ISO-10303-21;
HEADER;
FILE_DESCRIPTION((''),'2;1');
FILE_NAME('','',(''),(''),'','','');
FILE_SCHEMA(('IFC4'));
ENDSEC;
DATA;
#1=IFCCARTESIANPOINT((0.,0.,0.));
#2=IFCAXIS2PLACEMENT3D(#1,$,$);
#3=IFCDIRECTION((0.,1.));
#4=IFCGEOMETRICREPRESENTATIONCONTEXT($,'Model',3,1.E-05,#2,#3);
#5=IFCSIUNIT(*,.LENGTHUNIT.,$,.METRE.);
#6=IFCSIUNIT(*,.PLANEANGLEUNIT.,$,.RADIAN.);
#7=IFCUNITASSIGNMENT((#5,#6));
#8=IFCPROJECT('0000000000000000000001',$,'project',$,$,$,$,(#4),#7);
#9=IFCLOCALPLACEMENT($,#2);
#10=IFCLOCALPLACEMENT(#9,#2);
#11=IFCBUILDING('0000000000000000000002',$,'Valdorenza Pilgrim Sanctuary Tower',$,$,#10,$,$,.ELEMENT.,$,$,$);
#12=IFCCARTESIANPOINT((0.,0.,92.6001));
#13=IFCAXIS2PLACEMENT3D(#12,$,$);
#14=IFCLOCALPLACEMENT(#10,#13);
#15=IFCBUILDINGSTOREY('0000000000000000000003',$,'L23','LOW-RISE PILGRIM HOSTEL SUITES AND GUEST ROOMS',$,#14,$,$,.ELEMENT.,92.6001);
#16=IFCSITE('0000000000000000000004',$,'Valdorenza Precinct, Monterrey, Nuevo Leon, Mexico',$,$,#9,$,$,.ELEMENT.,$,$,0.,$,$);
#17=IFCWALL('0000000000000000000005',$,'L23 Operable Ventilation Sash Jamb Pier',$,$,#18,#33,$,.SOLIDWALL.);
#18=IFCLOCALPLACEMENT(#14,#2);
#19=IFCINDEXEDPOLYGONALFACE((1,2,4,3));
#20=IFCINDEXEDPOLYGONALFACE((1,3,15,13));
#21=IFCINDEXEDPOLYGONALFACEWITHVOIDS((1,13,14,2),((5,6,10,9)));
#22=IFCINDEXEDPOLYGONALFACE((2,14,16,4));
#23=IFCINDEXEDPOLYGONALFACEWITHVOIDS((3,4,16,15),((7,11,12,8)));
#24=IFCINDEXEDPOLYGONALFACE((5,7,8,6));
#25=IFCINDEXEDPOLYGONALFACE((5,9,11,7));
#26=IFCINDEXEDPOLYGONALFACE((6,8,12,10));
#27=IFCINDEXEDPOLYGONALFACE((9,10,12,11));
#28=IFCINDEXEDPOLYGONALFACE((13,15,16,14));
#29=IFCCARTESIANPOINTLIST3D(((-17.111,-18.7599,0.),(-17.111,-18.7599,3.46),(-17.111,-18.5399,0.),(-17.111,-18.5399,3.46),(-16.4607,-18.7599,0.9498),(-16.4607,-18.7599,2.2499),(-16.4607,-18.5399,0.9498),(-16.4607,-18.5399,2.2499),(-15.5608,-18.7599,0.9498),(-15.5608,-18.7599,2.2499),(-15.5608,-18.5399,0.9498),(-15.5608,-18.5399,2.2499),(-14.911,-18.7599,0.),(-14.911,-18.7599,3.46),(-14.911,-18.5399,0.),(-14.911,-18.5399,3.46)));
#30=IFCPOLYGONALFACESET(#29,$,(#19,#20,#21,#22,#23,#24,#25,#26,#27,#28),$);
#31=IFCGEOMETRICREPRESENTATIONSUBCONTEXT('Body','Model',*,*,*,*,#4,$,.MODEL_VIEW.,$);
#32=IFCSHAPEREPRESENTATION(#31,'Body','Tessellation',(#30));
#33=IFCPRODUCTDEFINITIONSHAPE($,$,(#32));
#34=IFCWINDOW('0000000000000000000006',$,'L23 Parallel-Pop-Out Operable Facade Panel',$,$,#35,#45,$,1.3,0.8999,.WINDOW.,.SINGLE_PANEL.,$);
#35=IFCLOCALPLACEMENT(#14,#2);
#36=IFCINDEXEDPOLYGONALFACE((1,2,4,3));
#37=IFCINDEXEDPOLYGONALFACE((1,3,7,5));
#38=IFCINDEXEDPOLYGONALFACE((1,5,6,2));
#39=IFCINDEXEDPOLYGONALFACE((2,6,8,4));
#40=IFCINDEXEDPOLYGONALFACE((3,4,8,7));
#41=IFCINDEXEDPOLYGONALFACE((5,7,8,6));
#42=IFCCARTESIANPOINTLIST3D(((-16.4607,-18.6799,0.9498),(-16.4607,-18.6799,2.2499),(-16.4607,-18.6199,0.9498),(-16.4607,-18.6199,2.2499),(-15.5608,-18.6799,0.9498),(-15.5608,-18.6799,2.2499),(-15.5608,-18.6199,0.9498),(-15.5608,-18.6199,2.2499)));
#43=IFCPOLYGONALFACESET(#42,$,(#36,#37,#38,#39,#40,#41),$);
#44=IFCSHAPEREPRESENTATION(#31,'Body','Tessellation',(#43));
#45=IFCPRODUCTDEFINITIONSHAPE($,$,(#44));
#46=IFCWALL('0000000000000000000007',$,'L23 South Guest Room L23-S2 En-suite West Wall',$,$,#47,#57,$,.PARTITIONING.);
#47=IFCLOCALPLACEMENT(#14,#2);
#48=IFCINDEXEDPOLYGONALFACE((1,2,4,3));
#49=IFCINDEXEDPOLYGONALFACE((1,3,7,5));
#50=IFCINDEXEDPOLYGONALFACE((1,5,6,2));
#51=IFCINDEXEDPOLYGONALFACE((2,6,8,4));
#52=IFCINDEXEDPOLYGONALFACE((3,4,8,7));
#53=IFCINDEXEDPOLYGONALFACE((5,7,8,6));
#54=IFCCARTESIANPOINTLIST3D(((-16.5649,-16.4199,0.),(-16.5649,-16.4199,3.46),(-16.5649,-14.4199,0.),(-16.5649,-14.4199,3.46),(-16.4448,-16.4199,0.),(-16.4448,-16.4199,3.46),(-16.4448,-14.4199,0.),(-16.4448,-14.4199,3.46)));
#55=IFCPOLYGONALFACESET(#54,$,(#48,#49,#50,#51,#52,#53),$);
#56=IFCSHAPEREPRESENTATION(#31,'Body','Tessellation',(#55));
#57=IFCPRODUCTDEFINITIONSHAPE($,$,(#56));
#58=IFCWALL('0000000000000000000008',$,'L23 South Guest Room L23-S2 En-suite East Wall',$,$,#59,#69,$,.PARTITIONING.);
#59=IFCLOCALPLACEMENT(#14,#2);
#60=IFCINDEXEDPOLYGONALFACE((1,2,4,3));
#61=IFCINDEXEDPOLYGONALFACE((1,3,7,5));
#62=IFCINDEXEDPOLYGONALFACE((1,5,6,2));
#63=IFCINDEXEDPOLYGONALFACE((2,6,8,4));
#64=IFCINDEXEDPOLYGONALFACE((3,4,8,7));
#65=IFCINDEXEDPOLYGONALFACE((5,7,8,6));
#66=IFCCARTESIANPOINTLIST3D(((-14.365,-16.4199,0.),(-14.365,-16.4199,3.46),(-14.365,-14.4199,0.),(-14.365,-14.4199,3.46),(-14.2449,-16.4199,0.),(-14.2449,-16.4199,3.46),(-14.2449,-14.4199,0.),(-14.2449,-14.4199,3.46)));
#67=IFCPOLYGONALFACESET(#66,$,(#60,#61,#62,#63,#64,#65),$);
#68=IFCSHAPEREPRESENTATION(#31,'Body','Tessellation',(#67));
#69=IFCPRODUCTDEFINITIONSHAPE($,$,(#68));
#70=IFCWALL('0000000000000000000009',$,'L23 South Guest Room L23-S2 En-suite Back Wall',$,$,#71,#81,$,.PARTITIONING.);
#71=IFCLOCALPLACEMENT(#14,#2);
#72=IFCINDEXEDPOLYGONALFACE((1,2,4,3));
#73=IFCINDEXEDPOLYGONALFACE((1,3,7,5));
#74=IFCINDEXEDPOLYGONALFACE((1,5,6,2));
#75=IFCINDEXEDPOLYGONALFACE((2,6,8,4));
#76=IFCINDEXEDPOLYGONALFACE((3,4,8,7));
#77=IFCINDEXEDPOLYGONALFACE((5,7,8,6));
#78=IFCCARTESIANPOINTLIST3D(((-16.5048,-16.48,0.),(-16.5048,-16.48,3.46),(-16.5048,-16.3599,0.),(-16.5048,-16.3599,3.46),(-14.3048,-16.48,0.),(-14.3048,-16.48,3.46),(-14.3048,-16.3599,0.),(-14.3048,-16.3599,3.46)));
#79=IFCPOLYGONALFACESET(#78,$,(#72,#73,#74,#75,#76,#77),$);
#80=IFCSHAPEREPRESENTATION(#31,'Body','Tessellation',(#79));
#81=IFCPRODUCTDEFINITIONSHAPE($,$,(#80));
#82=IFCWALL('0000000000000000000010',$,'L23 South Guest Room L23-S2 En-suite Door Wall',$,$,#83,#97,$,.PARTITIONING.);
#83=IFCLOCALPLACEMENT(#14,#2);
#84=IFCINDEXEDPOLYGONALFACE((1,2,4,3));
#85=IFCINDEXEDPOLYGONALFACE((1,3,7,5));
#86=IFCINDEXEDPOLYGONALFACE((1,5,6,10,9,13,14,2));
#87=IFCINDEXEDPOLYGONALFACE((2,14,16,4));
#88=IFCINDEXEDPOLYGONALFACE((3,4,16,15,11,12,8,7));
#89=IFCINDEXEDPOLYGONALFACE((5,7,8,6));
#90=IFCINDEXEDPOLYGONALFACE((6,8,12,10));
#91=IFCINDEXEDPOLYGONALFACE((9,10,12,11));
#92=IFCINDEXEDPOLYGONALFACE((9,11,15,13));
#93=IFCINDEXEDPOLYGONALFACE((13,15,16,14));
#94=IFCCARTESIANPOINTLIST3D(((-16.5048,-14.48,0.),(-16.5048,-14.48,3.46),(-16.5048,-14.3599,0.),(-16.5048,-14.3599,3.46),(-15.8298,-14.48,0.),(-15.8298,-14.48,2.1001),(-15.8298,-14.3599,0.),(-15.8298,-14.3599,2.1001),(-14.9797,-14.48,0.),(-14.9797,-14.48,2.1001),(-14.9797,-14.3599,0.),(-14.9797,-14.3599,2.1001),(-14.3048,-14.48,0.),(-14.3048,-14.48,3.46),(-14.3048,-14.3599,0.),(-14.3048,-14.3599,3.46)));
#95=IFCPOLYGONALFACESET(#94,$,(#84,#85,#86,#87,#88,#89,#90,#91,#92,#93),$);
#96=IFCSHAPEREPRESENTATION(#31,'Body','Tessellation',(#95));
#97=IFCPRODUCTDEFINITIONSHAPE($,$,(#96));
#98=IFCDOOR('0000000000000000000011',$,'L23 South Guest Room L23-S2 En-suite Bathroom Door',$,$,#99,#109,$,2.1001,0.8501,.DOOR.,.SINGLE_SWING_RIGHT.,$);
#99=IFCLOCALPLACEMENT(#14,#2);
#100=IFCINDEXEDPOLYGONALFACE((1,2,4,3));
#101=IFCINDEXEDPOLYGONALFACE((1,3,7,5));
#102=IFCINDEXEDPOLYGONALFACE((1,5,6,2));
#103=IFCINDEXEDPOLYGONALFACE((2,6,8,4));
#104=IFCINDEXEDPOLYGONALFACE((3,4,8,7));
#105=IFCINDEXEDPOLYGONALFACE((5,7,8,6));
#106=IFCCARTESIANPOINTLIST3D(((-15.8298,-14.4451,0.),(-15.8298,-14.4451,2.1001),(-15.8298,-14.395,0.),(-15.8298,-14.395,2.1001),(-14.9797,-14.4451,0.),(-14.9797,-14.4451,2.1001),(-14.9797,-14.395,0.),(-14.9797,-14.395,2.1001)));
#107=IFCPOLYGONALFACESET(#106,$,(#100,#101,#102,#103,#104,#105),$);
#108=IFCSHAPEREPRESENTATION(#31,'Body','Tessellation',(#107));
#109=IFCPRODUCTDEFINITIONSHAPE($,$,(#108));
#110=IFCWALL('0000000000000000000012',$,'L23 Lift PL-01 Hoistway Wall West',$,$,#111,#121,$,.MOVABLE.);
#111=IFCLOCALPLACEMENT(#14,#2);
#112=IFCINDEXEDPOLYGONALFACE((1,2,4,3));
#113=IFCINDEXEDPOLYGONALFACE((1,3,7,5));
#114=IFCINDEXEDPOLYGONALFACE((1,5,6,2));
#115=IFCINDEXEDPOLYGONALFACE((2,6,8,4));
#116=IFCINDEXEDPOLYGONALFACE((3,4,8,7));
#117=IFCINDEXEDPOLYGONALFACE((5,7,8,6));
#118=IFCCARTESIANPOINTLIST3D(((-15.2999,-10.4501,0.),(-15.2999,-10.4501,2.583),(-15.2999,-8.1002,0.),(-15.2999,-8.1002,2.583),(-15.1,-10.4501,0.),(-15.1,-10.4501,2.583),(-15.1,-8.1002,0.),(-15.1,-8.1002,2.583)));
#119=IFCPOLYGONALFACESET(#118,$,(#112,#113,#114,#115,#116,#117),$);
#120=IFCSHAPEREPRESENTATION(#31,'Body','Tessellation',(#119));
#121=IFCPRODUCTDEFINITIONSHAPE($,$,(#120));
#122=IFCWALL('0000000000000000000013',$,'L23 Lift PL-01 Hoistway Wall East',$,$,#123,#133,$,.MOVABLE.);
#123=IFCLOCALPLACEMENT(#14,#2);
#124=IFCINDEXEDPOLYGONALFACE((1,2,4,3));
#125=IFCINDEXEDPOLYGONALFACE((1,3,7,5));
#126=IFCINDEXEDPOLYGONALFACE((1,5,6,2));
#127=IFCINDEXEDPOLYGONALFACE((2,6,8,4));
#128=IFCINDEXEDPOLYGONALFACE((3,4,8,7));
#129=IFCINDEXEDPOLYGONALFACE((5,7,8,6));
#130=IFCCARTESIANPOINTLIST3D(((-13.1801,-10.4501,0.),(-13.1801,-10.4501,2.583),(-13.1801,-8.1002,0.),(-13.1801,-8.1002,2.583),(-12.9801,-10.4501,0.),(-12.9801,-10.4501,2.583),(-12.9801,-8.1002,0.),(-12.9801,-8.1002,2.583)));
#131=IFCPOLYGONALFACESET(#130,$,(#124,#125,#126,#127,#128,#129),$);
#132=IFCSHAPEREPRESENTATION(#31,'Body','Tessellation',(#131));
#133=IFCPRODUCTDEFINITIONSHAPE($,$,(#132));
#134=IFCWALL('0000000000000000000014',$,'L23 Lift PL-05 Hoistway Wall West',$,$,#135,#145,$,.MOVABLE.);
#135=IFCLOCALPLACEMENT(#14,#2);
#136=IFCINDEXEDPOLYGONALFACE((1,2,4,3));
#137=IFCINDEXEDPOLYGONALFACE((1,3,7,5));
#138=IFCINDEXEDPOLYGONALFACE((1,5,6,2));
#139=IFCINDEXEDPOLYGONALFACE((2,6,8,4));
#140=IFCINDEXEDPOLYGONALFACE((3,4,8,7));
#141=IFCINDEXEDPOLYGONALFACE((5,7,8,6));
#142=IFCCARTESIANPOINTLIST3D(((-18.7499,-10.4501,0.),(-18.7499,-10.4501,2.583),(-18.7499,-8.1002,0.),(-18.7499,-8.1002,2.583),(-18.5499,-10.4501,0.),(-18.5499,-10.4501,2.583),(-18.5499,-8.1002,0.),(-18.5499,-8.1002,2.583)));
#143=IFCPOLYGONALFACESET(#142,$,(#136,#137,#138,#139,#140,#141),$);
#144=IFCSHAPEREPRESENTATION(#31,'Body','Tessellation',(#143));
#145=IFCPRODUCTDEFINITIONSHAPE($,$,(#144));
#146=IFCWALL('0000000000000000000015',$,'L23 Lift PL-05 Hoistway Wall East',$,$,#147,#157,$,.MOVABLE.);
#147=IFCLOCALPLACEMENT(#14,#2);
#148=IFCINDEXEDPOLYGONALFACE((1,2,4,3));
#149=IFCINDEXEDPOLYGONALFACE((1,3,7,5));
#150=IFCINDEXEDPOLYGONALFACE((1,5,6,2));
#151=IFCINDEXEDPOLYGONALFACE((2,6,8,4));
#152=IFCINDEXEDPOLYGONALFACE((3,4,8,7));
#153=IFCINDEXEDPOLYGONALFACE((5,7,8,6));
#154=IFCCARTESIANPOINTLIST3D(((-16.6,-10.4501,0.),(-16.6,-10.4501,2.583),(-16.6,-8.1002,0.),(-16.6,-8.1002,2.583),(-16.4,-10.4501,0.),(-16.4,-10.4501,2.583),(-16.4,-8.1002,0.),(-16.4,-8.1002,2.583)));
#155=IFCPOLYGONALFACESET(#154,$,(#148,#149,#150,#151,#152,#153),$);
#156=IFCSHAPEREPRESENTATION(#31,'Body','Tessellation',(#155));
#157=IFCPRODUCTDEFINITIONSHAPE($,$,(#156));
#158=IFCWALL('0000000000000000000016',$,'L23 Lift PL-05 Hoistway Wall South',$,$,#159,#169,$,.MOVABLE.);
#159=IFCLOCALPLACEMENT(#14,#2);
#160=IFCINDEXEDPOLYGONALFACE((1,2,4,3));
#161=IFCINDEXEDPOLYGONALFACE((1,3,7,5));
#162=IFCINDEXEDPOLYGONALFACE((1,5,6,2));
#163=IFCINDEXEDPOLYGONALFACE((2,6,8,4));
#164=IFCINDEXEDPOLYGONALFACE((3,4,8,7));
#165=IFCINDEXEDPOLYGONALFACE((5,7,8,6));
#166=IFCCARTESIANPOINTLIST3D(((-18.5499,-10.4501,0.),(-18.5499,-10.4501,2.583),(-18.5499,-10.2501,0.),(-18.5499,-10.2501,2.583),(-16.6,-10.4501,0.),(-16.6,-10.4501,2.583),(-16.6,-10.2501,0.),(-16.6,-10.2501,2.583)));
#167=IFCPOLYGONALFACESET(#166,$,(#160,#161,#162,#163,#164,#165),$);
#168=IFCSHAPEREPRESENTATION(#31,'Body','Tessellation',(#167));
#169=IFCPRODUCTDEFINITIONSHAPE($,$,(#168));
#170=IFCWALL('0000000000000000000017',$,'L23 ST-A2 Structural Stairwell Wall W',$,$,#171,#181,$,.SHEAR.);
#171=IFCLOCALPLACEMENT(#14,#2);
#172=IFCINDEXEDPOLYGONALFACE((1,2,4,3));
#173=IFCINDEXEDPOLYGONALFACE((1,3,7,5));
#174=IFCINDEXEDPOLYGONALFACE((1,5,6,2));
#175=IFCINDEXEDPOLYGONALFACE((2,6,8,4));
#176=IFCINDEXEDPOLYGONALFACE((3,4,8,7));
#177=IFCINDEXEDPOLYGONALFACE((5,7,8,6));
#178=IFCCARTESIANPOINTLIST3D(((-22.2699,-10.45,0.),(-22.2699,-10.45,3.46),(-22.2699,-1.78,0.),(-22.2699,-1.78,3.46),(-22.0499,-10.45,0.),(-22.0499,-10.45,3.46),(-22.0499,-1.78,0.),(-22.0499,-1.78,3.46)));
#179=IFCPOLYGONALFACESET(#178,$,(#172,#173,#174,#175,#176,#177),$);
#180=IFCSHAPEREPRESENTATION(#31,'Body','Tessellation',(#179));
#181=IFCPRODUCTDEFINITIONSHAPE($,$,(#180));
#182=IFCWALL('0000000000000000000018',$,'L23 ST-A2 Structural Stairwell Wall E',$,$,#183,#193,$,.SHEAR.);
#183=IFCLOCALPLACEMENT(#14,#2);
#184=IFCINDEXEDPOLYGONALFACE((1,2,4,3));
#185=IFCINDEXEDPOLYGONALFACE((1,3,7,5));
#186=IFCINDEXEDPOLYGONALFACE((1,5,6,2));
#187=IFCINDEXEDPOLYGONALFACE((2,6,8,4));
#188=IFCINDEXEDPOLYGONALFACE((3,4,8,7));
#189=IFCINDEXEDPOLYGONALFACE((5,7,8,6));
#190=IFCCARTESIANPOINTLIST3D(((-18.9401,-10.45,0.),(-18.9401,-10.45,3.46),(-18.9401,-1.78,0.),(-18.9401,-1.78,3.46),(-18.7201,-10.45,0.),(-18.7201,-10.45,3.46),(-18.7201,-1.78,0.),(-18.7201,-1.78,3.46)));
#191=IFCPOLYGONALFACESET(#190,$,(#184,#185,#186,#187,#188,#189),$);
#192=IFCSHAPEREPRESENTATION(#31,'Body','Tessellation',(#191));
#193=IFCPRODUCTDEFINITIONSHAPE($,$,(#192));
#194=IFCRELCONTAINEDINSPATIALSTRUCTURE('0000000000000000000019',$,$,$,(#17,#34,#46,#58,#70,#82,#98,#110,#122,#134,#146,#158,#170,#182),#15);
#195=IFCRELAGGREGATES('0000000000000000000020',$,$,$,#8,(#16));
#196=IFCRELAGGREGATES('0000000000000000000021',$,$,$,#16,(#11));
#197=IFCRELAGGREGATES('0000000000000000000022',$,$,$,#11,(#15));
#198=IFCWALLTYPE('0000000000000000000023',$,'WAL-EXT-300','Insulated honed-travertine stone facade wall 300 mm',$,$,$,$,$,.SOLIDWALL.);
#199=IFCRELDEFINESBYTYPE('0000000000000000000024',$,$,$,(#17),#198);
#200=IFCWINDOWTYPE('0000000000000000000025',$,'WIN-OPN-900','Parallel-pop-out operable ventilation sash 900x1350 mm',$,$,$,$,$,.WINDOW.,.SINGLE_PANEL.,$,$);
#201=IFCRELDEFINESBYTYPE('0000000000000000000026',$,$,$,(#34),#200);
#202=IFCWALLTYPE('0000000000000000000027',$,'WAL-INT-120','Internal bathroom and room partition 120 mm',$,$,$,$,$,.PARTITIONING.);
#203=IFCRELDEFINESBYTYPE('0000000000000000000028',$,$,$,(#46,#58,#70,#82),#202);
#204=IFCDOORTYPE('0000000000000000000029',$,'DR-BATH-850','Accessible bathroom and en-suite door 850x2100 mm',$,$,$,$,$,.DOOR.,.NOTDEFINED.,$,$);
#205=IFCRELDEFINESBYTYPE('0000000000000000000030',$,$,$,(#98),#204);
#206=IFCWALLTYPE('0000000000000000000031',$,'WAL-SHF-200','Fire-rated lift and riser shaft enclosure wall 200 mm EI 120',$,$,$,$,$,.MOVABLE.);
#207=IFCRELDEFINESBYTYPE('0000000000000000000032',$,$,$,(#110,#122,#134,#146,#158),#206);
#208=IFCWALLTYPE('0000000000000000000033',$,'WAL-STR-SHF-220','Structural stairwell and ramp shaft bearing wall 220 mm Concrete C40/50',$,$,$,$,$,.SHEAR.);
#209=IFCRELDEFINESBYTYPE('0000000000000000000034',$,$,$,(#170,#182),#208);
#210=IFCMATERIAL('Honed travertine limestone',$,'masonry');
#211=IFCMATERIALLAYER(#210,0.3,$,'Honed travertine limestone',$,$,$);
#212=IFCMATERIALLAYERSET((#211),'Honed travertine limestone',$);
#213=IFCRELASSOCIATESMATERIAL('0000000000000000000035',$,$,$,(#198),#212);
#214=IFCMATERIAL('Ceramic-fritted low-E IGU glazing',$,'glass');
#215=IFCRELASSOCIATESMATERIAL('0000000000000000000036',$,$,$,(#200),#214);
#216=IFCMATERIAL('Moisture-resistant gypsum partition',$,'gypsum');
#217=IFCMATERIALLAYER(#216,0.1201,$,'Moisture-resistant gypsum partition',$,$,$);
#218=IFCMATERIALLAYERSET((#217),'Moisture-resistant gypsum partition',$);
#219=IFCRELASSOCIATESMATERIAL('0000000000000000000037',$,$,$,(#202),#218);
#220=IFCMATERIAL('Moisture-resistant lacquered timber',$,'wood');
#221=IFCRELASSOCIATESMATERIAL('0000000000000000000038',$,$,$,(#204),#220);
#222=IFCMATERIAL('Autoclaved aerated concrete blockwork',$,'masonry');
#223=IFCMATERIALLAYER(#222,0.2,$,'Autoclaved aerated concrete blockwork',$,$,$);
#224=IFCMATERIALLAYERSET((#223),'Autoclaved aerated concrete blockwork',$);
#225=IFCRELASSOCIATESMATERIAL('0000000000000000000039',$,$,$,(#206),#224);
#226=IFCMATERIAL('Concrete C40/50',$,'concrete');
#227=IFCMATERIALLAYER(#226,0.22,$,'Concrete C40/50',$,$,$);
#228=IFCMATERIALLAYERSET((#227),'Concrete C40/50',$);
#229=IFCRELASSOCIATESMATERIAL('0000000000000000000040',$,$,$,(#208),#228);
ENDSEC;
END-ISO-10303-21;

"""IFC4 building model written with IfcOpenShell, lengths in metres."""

from ifc_helpers import new_model, si_unit, direction, frame, frame_2d, origin, place, context, subcontext, project, spatial, rectangle, extrude, material, layer, layer_set, type_object, element, fill, save


model = new_model("IFC4")

# Units and contexts
model_context = context("Model", 3, precision=1e-05, world=origin(), true_north=direction((0.0, 1.0)))
body_context = subcontext(model_context, "Body", "Model", "MODEL_VIEW")
ifc_project = project(units=[si_unit("LENGTHUNIT", "METRE"), si_unit("PLANEANGLEUNIT", "RADIAN")], contexts=[model_context])

# Site, building, storey
site_placement = place(None, origin())
site = spatial("IfcSite", under=ifc_project, at=site_placement, Name="Valdorenza Precinct, Monterrey, Nuevo Leon, Mexico", CompositionType="ELEMENT", RefElevation=0.0)
building_placement = place(site_placement, origin())
building = spatial("IfcBuilding", under=site, at=building_placement, Name="Valdorenza Pilgrim Sanctuary Tower", CompositionType="ELEMENT")
storey_placement = place(building_placement, frame((0.0, 0.0, 92.6001)))
storey = spatial("IfcBuildingStorey", under=building, at=storey_placement, Name="L23", Description="LOW-RISE PILGRIM HOSTEL SUITES AND GUEST ROOMS", CompositionType="ELEMENT", Elevation=92.6001)

# Shared definitions
ifc_material_1 = material(Name="Ceramic-fritted low-E IGU glazing", Category="glass")
ifc_material_2 = material(Name="Honed travertine limestone", Category="masonry")

# Shared definitions
ifc_layer_1 = layer(ifc_material_2, 0.3, Name="Honed travertine limestone")
ifc_layer_set_1 = layer_set([ifc_layer_1], Name="Honed travertine limestone")
wall_type_1 = type_object("IfcWallType", Name="WAL-EXT-300", Description="Insulated honed-travertine stone facade wall 300 mm", PredefinedType="SOLIDWALL", material=ifc_layer_set_1)

# Wall, opening, window
wall_1_placement = place(storey_placement, frame((-14.9109, -18.6499, 0.0), z_axis=(0.0, 0.0, 1.0), x_axis=(-1.0, 0.0, 0.0)))
wall_1 = element("IfcWall", 1, at=wall_1_placement, inside=storey, type_object=wall_type_1, Name="L23 Operable Ventilation Sash Jamb Pier", PredefinedType="SOLIDWALL", context=body_context, shape_type="SweptSolid", body=[
    extrude(rectangle(XDim=2.2, YDim=0.22, at=frame_2d((1.1001, 0.0))), origin(), (0.0, 0.0, 1.0), 3.46),
])
opening_1_placement = place(wall_1_placement, frame((0.6499, 0.0, 0.95)))
opening_1 = element("IfcOpeningElement", 2, at=opening_1_placement, cuts=wall_1, PredefinedType="OPENING", context=body_context, shape_type="SweptSolid", body=[
    extrude(rectangle(XDim=0.8999, YDim=1.3, at=frame_2d((0.45, 0.6499))), frame((0.0, 0.125, 0.0), z_axis=(0.0, -1.0, 0.0), x_axis=(1.0, 0.0, 0.0)), (0.0, 0.0, 1.0), 0.2498),
])
window_type = type_object("IfcWindowType", Name="WIN-OPN-900", Description="Parallel-pop-out operable ventilation sash 900x1350 mm", PartitioningType="SINGLE_PANEL", PredefinedType="WINDOW", material=ifc_material_1)
window_placement = place(opening_1_placement, origin())
window = element("IfcWindow", 3, at=window_placement, inside=storey, type_object=window_type, Name="L23 Parallel-Pop-Out Operable Facade Panel", OverallHeight=1.3, OverallWidth=0.8999, PartitioningType="SINGLE_PANEL", PredefinedType="WINDOW", context=body_context, shape_type="SweptSolid", body=[
    extrude(rectangle(XDim=0.8999, YDim=1.3, at=frame_2d((0.45, 0.6499))), frame((0.0, 0.03, 0.0), z_axis=(0.0, -1.0, 0.0), x_axis=(1.0, 0.0, 0.0)), (0.0, 0.0, 1.0), 0.0601),
])
fill(opening_1, window)

# Walls
ifc_material_3 = material(Name="Moisture-resistant gypsum partition", Category="gypsum")
ifc_layer_2 = layer(ifc_material_3, 0.1201, Name="Moisture-resistant gypsum partition")
ifc_layer_set_2 = layer_set([ifc_layer_2], Name="Moisture-resistant gypsum partition")
wall_type_2 = type_object("IfcWallType", Name="WAL-INT-120", Description="Internal bathroom and room partition 120 mm", PredefinedType="PARTITIONING", material=ifc_layer_set_2)
for number, where, z_axis, x_axis, name in (
    (4, (-16.5049, -16.4199, 0.0), (0.0, 0.0, 1.0), (0.0, 1.0, 0.0), "L23 South Guest Room L23-S2 En-suite West Wall"),
    (5, (-14.3049, -16.4199, 0.0), (0.0, 0.0, 1.0), (0.0, 1.0, 0.0), "L23 South Guest Room L23-S2 En-suite East Wall"),
):
    element("IfcWall", number, at=place(storey_placement, frame(where, z_axis=z_axis, x_axis=x_axis)), inside=storey, type_object=wall_type_2, Name=name, PredefinedType="PARTITIONING", context=body_context, shape_type="SweptSolid", body=[
        extrude(rectangle(XDim=2.0, YDim=0.1201, at=frame_2d((1.0, 0.0))), origin(), (0.0, 0.0, 1.0), 3.46),
    ])
wall_2_placement = place(storey_placement, frame((-16.5049, -16.4199, 0.0), z_axis=(0.0, 0.0, 1.0), x_axis=(1.0, 0.0, 0.0)))
element("IfcWall", 6, at=wall_2_placement, inside=storey, type_object=wall_type_2, Name="L23 South Guest Room L23-S2 En-suite Back Wall", PredefinedType="PARTITIONING", context=body_context, shape_type="SweptSolid", body=[
    extrude(rectangle(XDim=2.2, YDim=0.1201, at=frame_2d((1.1001, 0.0))), origin(), (0.0, 0.0, 1.0), 3.46),
])

# Wall, opening, door
wall_3_placement = place(storey_placement, frame((-16.5049, -14.4199, 0.0), z_axis=(0.0, 0.0, 1.0), x_axis=(1.0, 0.0, 0.0)))
wall_3 = element("IfcWall", 7, at=wall_3_placement, inside=storey, type_object=wall_type_2, Name="L23 South Guest Room L23-S2 En-suite Door Wall", PredefinedType="PARTITIONING", context=body_context, shape_type="SweptSolid", body=[
    extrude(rectangle(XDim=2.2, YDim=0.1201, at=frame_2d((1.1001, 0.0))), origin(), (0.0, 0.0, 1.0), 3.46),
])
opening_2_placement = place(wall_3_placement, frame((0.675, 0.0, 0.0)))
opening_2 = element("IfcOpeningElement", 8, at=opening_2_placement, cuts=wall_3, PredefinedType="OPENING", context=body_context, shape_type="SweptSolid", body=[
    extrude(rectangle(XDim=0.8501, YDim=2.1001, at=frame_2d((0.425, 1.05))), frame((0.0, 0.075, 0.0), z_axis=(0.0, -1.0, 0.0), x_axis=(1.0, 0.0, 0.0)), (0.0, 0.0, 1.0), 0.1499),
])
ifc_material_4 = material(Name="Moisture-resistant lacquered timber", Category="wood")
door_type = type_object("IfcDoorType", Name="DR-BATH-850", Description="Accessible bathroom and en-suite door 850x2100 mm", OperationType="NOTDEFINED", PredefinedType="DOOR", material=ifc_material_4)
door_placement = place(opening_2_placement, origin())
door = element("IfcDoor", 9, at=door_placement, inside=storey, type_object=door_type, Name="L23 South Guest Room L23-S2 En-suite Bathroom Door", OperationType="SINGLE_SWING_RIGHT", OverallHeight=2.1001, OverallWidth=0.8501, PredefinedType="DOOR", context=body_context, shape_type="SweptSolid", body=[
    extrude(rectangle(XDim=0.8501, YDim=2.1001, at=frame_2d((0.425, 1.05))), frame((0.0, 0.0249, 0.0), z_axis=(0.0, -1.0, 0.0), x_axis=(1.0, 0.0, 0.0)), (0.0, 0.0, 1.0), 0.05),
])
fill(opening_2, door)

# Walls
ifc_material_5 = material(Name="Autoclaved aerated concrete blockwork", Category="masonry")
ifc_layer_3 = layer(ifc_material_5, 0.2, Name="Autoclaved aerated concrete blockwork")
ifc_layer_set_3 = layer_set([ifc_layer_3], Name="Autoclaved aerated concrete blockwork")
wall_type_3 = type_object("IfcWallType", Name="WAL-SHF-200", Description="Fire-rated lift and riser shaft enclosure wall 200 mm EI 120", PredefinedType="MOVABLE", material=ifc_layer_set_3)
for number, where, z_axis, x_axis, name in (
    (10, (-15.2, -10.45, 0.0), (0.0, 0.0, 1.0), (0.0, 1.0, 0.0), "L23 Lift PL-01 Hoistway Wall West"),
    (11, (-13.0801, -10.45, 0.0), (0.0, 0.0, 1.0), (0.0, 1.0, 0.0), "L23 Lift PL-01 Hoistway Wall East"),
    (12, (-18.6499, -10.45, 0.0), (0.0, 0.0, 1.0), (0.0, 1.0, 0.0), "L23 Lift PL-05 Hoistway Wall West"),
    (13, (-16.5, -10.45, 0.0), (0.0, 0.0, 1.0), (0.0, 1.0, 0.0), "L23 Lift PL-05 Hoistway Wall East"),
):
    element("IfcWall", number, at=place(storey_placement, frame(where, z_axis=z_axis, x_axis=x_axis)), inside=storey, type_object=wall_type_3, Name=name, PredefinedType="MOVABLE", context=body_context, shape_type="SweptSolid", body=[
        extrude(rectangle(XDim=2.3499, YDim=0.2, at=frame_2d((1.1748, 0.0))), origin(), (0.0, 0.0, 1.0), 2.583),
    ])
wall_4_placement = place(storey_placement, frame((-18.55, -10.3501, 0.0), z_axis=(0.0, 0.0, 1.0), x_axis=(1.0, 0.0, 0.0)))
element("IfcWall", 14, at=wall_4_placement, inside=storey, type_object=wall_type_3, Name="L23 Lift PL-05 Hoistway Wall South", PredefinedType="MOVABLE", context=body_context, shape_type="SweptSolid", body=[
    extrude(rectangle(XDim=1.95, YDim=0.2, at=frame_2d((0.9751, 0.0))), origin(), (0.0, 0.0, 1.0), 2.583),
])
ifc_material_6 = material(Name="Concrete C40/50", Category="concrete")
ifc_layer_4 = layer(ifc_material_6, 0.22, Name="Concrete C40/50")
ifc_layer_set_4 = layer_set([ifc_layer_4], Name="Concrete C40/50")
wall_type_4 = type_object("IfcWallType", Name="WAL-STR-SHF-220", Description="Structural stairwell and ramp shaft bearing wall 220 mm Concrete C40/50", PredefinedType="SHEAR", material=ifc_layer_set_4)
for number, where, z_axis, x_axis, name in (
    (15, (-22.1599, -10.45, 0.0), (0.0, 0.0, 1.0), (0.0, 1.0, 0.0), "L23 ST-A2 Structural Stairwell Wall W"),
    (16, (-18.8301, -10.45, 0.0), (0.0, 0.0, 1.0), (0.0, 1.0, 0.0), "L23 ST-A2 Structural Stairwell Wall E"),
):
    element("IfcWall", number, at=place(storey_placement, frame(where, z_axis=z_axis, x_axis=x_axis)), inside=storey, type_object=wall_type_4, Name=name, PredefinedType="SHEAR", context=body_context, shape_type="SweptSolid", body=[
        extrude(rectangle(XDim=8.6699, YDim=0.22, at=frame_2d((4.335, 0.0))), origin(), (0.0, 0.0, 1.0), 3.46),
    ])

save(model, "model.ifc")
